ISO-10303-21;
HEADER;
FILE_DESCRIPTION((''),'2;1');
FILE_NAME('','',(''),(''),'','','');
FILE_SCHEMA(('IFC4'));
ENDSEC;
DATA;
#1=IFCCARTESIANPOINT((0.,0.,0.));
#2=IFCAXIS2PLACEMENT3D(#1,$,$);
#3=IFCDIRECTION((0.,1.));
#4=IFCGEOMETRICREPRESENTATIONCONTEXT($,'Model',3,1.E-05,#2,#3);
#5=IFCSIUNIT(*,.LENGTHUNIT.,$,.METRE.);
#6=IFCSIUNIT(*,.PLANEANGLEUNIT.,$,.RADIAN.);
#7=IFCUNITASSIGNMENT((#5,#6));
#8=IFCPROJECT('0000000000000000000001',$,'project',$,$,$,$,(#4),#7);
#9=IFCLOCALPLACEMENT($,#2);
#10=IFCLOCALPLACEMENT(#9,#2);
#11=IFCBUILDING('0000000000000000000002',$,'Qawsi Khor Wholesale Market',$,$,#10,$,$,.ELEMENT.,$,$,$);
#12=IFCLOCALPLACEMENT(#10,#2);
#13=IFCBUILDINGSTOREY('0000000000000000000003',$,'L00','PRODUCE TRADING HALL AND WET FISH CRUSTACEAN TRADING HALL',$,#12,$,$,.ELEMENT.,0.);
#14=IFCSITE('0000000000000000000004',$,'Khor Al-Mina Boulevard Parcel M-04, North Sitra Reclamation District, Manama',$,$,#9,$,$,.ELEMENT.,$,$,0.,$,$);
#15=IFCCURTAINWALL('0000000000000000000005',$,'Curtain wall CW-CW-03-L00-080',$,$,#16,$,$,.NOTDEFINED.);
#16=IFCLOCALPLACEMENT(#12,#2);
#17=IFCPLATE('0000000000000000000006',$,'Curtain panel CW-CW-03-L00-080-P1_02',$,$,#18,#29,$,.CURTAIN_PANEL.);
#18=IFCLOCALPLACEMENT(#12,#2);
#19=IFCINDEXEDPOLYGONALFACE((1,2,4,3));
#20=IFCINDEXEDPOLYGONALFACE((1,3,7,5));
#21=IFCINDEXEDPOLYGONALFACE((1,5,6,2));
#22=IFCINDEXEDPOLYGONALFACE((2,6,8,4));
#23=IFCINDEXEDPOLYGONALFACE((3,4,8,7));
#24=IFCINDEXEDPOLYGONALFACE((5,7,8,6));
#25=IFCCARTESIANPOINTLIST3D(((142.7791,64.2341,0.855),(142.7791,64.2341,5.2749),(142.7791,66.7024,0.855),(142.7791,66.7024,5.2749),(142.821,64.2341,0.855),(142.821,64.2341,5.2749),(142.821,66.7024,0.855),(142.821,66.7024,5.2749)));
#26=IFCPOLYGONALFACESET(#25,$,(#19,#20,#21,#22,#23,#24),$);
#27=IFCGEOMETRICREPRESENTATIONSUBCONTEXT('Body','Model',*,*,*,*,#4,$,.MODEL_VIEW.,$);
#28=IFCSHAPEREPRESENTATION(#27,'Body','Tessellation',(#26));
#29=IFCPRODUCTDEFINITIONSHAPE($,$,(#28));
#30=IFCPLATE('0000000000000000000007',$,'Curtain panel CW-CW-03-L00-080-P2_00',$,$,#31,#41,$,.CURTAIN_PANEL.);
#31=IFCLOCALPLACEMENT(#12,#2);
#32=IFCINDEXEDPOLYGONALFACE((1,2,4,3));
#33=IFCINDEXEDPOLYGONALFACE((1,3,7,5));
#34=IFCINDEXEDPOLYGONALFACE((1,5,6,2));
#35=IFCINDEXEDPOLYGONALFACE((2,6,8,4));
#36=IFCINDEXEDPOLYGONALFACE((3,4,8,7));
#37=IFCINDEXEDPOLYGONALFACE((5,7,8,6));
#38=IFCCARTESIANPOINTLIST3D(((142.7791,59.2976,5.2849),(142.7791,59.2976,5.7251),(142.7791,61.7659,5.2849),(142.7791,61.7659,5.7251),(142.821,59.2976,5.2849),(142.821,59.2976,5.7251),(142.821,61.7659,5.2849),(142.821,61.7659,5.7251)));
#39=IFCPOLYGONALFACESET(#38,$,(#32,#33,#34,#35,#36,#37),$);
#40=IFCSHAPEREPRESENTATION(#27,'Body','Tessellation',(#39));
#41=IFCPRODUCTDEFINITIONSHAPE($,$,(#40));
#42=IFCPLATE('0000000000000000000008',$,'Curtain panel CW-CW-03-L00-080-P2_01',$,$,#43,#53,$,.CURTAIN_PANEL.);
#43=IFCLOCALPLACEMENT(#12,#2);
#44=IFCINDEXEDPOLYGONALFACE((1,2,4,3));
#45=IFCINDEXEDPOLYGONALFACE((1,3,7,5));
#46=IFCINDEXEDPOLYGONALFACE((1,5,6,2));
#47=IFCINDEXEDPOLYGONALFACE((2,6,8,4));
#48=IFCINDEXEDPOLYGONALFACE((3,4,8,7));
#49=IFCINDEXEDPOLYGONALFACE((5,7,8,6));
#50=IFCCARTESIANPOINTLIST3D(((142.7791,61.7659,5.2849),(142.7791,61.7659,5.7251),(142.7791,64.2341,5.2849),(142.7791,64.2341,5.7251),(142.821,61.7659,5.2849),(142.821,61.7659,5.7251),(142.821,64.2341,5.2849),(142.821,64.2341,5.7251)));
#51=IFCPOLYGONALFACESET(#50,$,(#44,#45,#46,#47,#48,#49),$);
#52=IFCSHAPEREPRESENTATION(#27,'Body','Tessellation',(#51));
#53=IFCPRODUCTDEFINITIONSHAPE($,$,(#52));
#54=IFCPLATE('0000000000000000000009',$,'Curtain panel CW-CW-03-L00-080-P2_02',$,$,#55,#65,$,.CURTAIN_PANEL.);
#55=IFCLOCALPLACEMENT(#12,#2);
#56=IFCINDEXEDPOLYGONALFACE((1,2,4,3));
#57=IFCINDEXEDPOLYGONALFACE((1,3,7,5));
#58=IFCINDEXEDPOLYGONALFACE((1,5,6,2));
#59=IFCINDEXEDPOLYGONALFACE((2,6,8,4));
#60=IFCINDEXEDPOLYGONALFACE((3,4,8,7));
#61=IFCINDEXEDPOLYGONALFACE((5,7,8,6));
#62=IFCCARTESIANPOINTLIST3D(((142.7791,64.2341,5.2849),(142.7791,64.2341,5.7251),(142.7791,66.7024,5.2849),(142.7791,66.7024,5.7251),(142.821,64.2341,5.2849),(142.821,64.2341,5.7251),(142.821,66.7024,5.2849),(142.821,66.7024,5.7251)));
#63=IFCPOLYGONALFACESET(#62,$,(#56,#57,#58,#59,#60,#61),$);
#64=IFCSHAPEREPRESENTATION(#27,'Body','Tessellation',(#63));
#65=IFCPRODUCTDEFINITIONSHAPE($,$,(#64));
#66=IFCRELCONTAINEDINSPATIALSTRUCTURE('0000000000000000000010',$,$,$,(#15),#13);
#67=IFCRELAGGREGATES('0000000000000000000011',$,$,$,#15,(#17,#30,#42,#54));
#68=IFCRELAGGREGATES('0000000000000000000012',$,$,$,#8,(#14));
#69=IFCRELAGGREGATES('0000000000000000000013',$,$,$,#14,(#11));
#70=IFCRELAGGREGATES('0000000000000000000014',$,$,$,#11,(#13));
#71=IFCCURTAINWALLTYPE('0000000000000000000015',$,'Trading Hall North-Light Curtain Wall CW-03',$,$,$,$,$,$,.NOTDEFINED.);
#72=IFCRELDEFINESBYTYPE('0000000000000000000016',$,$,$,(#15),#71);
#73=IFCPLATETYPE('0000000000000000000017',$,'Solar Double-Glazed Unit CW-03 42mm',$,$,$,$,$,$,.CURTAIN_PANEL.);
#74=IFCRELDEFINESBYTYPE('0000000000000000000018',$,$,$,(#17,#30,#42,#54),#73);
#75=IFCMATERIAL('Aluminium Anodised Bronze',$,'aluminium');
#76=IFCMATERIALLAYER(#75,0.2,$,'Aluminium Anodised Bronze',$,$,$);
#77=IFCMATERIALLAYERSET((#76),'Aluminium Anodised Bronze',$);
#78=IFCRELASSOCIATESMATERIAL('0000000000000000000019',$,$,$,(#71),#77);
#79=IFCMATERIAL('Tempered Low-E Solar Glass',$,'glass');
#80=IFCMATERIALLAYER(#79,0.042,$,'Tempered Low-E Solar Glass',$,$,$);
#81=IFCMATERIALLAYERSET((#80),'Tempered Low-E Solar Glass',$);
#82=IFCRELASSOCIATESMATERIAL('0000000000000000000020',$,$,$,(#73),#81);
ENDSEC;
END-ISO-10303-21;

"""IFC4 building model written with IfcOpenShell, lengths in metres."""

from ifc_helpers import new_model, si_unit, direction, frame, frame_2d, origin, place, context, subcontext, project, spatial, rectangle, extrude, material, layer, layer_set, type_object, element, aggregate, save


model = new_model("IFC4")

# Units and contexts
model_context = context("Model", 3, precision=1e-05, world=origin(), true_north=direction((0.0, 1.0)))
body_context = subcontext(model_context, "Body", "Model", "MODEL_VIEW")
ifc_project = project(units=[si_unit("LENGTHUNIT", "METRE"), si_unit("PLANEANGLEUNIT", "RADIAN")], contexts=[model_context])

# Site, building, storey
site_placement = place(None, origin())
site = spatial("IfcSite", under=ifc_project, at=site_placement, Name="Khor Al-Mina Boulevard Parcel M-04, North Sitra Reclamation District, Manama", CompositionType="ELEMENT", RefElevation=0.0)
building_placement = place(site_placement, origin())
building = spatial("IfcBuilding", under=site, at=building_placement, Name="Qawsi Khor Wholesale Market", CompositionType="ELEMENT")
storey_placement = place(building_placement, origin())
storey = spatial("IfcBuildingStorey", under=building, at=storey_placement, Name="L00", Description="PRODUCE TRADING HALL AND WET FISH CRUSTACEAN TRADING HALL", CompositionType="ELEMENT", Elevation=0.0)

# Curtain wall, plates
ifc_material_1 = material(Name="Aluminium Anodised Bronze", Category="aluminium")
ifc_layer_1 = layer(ifc_material_1, 0.2, Name="Aluminium Anodised Bronze")
ifc_layer_set_1 = layer_set([ifc_layer_1], Name="Aluminium Anodised Bronze")
curtain_wall_type = type_object("IfcCurtainWallType", Name="Trading Hall North-Light Curtain Wall CW-03", PredefinedType="NOTDEFINED", material=ifc_layer_set_1)
curtain_wall_placement = place(storey_placement, origin())
curtain_wall = element("IfcCurtainWall", 1, at=curtain_wall_placement, inside=storey, type_object=curtain_wall_type, Name="Curtain wall CW-CW-03-L00-080", PredefinedType="NOTDEFINED")
ifc_material_2 = material(Name="Tempered Low-E Solar Glass", Category="glass")
ifc_layer_2 = layer(ifc_material_2, 0.042, Name="Tempered Low-E Solar Glass")
ifc_layer_set_2 = layer_set([ifc_layer_2], Name="Tempered Low-E Solar Glass")
plate_type_1 = type_object("IfcPlateType", Name="Solar Double-Glazed Unit CW-03 42mm", PredefinedType="CURTAIN_PANEL", material=ifc_layer_set_2)
plate_1_placement = place(storey_placement, frame((142.8, 64.2341, 0.855), z_axis=(0.0, 0.0, 1.0), x_axis=(0.0, 1.0, 0.0)))
plate_1 = element("IfcPlate", 2, at=plate_1_placement, type_object=plate_type_1, Name="Curtain panel CW-CW-03-L00-080-P1_02", PredefinedType="CURTAIN_PANEL", context=body_context, shape_type="SweptSolid", body=[
    extrude(rectangle(XDim=2.4683, YDim=0.042, at=frame_2d((1.2341, 0.0))), origin(), (0.0, 0.0, 1.0), 4.4199),
])
plate_2_placement = place(storey_placement, frame((142.8, 59.2976, 5.2849), z_axis=(0.0, 0.0, 1.0), x_axis=(0.0, 1.0, 0.0)))
plate_2 = element("IfcPlate", 3, at=plate_2_placement, type_object=plate_type_1, Name="Curtain panel CW-CW-03-L00-080-P2_00", PredefinedType="CURTAIN_PANEL", context=body_context, shape_type="SweptSolid", body=[
    extrude(rectangle(XDim=2.4683, YDim=0.042, at=frame_2d((1.2341, 0.0))), origin(), (0.0, 0.0, 1.0), 0.4402),
])
plate_3_placement = place(storey_placement, frame((142.8, 61.7659, 5.2849), z_axis=(0.0, 0.0, 1.0), x_axis=(0.0, 1.0, 0.0)))
plate_3 = element("IfcPlate", 4, at=plate_3_placement, type_object=plate_type_1, Name="Curtain panel CW-CW-03-L00-080-P2_01", PredefinedType="CURTAIN_PANEL", context=body_context, shape_type="SweptSolid", body=[
    extrude(rectangle(XDim=2.4683, YDim=0.042, at=frame_2d((1.2341, 0.0))), origin(), (0.0, 0.0, 1.0), 0.4402),
])
plate_4_placement = place(storey_placement, frame((142.8, 64.2341, 5.2849), z_axis=(0.0, 0.0, 1.0), x_axis=(0.0, 1.0, 0.0)))
plate_4 = element("IfcPlate", 5, at=plate_4_placement, type_object=plate_type_1, Name="Curtain panel CW-CW-03-L00-080-P2_02", PredefinedType="CURTAIN_PANEL", context=body_context, shape_type="SweptSolid", body=[
    extrude(rectangle(XDim=2.4683, YDim=0.042, at=frame_2d((1.2341, 0.0))), origin(), (0.0, 0.0, 1.0), 0.4402),
])
aggregate(curtain_wall, [plate_1, plate_2, plate_3, plate_4])

save(model, "model.ifc")
